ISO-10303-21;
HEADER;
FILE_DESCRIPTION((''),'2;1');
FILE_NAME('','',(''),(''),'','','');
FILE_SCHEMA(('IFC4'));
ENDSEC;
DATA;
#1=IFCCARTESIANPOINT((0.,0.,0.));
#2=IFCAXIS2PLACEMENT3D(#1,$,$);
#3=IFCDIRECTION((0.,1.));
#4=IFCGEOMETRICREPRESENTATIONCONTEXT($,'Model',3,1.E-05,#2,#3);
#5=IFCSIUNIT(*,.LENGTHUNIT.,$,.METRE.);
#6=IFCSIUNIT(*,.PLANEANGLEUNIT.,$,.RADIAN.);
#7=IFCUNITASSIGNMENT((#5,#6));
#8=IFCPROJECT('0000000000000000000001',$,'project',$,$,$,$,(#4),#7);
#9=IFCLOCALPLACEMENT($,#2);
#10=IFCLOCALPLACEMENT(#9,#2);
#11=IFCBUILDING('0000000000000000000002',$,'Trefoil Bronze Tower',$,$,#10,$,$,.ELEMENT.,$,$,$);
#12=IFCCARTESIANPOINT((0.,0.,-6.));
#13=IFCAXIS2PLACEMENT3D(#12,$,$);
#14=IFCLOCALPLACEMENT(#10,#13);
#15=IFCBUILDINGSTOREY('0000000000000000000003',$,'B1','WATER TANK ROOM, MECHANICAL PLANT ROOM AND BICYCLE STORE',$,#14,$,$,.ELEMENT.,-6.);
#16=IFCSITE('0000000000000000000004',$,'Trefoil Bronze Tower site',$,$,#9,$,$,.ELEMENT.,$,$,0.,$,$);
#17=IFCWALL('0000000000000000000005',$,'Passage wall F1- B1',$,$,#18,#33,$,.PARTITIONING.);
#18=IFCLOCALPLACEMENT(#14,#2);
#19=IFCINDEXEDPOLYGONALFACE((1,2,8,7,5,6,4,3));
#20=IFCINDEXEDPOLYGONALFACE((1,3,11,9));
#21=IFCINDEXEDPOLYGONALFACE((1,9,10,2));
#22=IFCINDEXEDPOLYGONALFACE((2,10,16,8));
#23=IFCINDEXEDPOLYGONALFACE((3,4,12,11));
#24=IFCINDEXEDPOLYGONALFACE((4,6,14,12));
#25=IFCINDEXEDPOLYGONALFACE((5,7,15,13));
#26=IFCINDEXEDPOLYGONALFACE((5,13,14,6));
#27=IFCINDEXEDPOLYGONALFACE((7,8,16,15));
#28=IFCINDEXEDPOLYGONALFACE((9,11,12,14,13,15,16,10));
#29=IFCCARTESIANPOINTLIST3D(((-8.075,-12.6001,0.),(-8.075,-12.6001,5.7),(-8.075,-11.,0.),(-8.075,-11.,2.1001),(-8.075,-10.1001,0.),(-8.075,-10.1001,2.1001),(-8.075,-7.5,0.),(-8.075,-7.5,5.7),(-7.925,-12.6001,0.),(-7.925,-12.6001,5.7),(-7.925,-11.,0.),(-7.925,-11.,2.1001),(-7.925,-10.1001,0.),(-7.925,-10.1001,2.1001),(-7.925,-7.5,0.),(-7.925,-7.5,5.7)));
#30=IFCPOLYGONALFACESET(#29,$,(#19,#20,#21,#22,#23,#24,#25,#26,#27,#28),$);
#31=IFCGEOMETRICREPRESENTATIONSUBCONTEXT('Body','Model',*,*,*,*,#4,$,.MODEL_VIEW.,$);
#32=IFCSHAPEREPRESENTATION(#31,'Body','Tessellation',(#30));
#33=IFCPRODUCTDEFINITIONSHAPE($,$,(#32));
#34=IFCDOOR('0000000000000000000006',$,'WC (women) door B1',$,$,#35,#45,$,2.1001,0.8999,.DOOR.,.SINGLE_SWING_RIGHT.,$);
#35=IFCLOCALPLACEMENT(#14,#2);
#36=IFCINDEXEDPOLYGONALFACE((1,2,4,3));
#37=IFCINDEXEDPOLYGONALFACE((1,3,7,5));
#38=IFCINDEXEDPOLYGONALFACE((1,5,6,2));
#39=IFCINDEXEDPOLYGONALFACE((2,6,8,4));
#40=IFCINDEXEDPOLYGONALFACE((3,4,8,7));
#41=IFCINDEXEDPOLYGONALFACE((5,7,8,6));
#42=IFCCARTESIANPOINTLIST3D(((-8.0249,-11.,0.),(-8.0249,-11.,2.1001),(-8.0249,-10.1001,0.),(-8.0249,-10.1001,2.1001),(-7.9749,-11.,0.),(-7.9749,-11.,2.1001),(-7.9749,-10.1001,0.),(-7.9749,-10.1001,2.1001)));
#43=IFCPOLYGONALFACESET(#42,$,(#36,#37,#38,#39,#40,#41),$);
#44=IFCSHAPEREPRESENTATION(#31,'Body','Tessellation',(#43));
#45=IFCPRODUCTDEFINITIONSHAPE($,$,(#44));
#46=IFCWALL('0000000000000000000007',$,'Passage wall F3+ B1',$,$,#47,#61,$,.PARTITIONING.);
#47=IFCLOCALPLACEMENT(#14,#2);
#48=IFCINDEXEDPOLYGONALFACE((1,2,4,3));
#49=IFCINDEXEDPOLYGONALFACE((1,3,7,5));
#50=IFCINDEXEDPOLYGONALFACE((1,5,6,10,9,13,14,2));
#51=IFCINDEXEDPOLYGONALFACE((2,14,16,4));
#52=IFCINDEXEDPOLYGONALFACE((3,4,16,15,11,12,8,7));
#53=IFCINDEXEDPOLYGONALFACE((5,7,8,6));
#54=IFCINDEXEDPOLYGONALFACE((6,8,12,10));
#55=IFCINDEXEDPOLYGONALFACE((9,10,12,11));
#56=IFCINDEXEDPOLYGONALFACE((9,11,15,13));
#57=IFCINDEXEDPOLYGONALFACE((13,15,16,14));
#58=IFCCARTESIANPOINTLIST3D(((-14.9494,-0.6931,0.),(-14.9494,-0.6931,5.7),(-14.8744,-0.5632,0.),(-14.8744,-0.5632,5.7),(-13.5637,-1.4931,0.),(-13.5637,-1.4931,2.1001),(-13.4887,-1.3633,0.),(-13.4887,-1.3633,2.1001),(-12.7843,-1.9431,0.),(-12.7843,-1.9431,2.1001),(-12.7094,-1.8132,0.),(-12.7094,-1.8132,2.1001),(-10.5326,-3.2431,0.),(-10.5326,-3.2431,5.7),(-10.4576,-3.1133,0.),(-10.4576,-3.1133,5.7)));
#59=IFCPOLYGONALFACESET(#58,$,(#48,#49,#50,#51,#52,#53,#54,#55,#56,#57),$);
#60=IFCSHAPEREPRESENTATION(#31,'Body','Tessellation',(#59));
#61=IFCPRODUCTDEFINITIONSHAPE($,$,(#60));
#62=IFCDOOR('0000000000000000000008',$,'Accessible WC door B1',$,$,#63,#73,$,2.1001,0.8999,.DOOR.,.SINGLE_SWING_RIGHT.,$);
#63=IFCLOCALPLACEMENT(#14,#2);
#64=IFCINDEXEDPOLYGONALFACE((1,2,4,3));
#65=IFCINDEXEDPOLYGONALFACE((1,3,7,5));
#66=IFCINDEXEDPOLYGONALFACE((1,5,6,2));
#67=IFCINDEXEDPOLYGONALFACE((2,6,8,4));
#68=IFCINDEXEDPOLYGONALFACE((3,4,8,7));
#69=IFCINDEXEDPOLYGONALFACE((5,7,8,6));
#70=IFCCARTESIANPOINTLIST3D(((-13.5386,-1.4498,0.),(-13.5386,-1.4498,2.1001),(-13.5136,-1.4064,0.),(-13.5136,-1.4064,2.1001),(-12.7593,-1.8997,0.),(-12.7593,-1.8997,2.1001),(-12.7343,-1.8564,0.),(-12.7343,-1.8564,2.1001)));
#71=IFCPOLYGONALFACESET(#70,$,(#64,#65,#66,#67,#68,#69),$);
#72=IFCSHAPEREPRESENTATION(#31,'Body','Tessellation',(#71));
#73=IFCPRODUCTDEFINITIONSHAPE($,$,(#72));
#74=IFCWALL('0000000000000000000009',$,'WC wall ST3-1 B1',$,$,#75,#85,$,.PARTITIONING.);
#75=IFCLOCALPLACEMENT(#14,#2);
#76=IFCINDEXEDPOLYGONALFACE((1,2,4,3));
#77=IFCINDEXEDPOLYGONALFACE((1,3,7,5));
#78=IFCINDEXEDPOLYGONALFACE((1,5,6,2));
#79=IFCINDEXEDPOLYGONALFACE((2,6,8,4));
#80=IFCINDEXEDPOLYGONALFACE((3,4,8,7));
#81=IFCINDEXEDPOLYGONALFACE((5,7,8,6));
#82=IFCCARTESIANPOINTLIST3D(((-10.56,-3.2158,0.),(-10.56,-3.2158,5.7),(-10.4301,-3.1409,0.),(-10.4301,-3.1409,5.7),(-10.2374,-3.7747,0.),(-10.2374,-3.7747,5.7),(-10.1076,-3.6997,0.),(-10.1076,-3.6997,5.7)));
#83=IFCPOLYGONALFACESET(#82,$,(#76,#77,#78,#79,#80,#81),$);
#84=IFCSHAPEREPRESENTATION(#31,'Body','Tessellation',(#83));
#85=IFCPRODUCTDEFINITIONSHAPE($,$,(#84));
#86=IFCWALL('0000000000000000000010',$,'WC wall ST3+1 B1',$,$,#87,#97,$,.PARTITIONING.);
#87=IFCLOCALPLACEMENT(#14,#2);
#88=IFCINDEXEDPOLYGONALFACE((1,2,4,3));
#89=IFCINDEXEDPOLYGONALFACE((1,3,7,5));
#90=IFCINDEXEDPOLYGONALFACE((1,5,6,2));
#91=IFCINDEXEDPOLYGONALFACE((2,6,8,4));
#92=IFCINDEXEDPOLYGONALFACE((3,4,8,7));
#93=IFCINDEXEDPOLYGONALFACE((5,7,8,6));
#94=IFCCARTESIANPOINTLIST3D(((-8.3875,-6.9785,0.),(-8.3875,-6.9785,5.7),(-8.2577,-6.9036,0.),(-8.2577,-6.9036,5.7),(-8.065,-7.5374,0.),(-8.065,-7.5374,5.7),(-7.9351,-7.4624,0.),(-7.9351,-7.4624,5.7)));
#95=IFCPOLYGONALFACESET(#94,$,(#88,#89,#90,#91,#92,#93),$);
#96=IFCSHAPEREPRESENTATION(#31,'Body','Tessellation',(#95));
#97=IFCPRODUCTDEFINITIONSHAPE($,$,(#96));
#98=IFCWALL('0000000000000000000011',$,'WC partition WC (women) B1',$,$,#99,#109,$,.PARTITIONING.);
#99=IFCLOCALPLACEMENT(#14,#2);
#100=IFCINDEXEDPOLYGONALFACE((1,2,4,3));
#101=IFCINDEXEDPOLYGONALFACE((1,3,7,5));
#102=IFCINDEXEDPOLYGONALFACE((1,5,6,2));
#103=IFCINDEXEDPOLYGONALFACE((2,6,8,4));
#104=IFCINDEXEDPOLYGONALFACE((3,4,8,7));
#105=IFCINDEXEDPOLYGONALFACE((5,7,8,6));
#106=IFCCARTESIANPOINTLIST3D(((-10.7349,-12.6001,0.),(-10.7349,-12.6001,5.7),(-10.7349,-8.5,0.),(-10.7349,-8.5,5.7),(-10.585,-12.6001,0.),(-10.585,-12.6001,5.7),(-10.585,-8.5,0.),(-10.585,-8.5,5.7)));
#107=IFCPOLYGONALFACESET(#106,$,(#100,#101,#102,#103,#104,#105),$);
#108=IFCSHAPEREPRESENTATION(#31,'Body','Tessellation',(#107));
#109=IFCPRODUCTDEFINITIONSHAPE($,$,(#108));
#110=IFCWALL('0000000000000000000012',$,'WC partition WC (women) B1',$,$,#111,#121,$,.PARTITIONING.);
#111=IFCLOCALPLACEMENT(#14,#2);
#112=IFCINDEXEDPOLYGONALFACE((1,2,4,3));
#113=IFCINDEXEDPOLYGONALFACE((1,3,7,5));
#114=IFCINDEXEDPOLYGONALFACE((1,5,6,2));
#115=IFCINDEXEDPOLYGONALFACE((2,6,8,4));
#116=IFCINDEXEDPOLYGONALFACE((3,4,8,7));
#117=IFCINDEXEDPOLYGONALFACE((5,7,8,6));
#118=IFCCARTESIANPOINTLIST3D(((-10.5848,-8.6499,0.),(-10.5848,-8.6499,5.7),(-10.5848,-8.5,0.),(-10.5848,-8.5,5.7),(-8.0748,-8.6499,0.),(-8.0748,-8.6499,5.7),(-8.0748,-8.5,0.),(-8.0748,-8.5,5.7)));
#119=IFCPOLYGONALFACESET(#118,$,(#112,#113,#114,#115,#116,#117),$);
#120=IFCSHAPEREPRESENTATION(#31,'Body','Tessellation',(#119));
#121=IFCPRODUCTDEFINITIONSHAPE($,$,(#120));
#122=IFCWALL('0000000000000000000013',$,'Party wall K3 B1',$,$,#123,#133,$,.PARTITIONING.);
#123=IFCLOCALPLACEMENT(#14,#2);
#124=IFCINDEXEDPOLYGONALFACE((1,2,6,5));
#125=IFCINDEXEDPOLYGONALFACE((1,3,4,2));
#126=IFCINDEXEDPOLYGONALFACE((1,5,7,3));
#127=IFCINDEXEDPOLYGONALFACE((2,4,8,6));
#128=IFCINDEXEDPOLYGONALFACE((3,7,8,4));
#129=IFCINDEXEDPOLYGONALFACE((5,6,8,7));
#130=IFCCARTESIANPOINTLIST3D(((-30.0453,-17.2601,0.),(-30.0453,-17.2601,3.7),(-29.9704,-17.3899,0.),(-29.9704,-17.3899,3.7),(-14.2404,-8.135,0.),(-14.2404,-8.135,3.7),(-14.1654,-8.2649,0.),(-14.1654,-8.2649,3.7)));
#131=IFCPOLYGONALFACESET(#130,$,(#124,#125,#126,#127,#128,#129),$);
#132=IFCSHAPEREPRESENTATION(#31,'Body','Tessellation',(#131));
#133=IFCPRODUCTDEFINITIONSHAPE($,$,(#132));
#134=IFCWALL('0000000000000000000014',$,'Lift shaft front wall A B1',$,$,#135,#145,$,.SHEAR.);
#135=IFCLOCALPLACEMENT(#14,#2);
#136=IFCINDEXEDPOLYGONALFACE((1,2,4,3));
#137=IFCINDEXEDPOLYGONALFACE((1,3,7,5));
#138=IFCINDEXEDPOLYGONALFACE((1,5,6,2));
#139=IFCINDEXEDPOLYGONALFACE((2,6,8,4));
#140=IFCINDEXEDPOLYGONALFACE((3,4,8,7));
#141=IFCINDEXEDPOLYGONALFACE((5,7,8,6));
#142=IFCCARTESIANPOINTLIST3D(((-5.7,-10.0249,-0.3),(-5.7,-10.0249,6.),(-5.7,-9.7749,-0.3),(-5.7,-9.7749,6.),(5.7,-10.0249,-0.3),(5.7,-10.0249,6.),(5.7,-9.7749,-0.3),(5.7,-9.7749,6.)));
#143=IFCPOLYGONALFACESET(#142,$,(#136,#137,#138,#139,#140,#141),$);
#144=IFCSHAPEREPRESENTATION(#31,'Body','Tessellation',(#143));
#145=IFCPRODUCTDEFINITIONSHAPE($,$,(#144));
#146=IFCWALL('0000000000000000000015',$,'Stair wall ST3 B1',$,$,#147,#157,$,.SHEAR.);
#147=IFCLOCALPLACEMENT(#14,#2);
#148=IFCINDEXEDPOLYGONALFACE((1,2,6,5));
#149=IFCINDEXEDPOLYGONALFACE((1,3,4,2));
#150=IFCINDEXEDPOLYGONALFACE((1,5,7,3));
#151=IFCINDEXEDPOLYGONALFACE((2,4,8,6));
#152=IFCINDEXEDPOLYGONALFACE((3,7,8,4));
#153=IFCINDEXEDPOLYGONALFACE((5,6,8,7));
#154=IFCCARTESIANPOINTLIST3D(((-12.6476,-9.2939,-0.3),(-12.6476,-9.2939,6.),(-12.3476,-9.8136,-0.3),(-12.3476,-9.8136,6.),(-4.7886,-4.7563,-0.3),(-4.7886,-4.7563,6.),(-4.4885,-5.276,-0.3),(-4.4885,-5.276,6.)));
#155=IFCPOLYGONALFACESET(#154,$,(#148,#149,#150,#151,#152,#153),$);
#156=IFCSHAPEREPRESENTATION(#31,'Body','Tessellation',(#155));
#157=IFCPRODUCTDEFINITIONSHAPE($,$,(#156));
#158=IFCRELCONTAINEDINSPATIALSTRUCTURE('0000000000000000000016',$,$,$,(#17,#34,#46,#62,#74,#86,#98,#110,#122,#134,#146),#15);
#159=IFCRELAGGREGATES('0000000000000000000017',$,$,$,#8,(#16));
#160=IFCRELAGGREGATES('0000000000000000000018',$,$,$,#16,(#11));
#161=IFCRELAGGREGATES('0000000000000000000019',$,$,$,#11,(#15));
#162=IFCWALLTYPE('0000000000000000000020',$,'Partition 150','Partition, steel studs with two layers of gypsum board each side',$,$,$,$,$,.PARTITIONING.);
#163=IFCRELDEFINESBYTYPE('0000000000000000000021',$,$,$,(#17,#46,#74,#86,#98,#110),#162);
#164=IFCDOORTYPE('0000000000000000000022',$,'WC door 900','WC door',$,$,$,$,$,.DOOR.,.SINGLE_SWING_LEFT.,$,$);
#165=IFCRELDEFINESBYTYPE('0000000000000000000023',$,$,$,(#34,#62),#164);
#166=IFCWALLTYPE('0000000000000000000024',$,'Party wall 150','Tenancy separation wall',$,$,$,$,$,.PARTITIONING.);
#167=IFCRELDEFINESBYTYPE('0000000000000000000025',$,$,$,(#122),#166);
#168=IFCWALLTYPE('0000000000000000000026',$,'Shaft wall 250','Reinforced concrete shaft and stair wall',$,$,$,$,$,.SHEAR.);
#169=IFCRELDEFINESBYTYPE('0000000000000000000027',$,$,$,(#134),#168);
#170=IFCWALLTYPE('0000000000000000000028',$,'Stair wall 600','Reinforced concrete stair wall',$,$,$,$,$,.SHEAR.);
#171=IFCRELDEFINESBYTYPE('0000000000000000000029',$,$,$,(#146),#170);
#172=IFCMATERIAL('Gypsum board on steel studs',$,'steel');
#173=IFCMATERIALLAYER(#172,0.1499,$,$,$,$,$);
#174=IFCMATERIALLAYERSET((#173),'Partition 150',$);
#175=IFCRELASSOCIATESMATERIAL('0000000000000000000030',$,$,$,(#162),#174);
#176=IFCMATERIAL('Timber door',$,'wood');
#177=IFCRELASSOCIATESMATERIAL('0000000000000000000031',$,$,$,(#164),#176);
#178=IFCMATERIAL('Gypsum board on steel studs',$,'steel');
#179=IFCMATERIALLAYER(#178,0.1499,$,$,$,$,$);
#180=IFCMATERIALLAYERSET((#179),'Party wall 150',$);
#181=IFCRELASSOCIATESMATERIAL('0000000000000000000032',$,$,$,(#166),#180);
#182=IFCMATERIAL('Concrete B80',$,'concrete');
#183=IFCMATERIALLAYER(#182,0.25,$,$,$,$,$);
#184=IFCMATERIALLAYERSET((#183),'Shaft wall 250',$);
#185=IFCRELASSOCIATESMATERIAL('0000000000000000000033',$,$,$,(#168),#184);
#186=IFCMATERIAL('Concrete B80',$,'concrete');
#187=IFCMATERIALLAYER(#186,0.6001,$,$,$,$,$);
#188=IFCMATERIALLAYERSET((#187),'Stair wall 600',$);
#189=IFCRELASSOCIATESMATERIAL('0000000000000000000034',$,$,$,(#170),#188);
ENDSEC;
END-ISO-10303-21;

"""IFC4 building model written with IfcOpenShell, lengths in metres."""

from ifc_helpers import new_model, si_unit, direction, frame, frame_2d, origin, place, context, subcontext, project, spatial, rectangle, extrude, material, layer, layer_set, type_object, element, fill, save


model = new_model("IFC4")

# Units and contexts
model_context = context("Model", 3, precision=1e-05, world=origin(), true_north=direction((0.0, 1.0)))
body_context = subcontext(model_context, "Body", "Model", "MODEL_VIEW")
ifc_project = project(units=[si_unit("LENGTHUNIT", "METRE"), si_unit("PLANEANGLEUNIT", "RADIAN")], contexts=[model_context])

# Site, building, storey
site_placement = place(None, origin())
site = spatial("IfcSite", under=ifc_project, at=site_placement, Name="Trefoil Bronze Tower site", CompositionType="ELEMENT", RefElevation=0.0)
building_placement = place(site_placement, origin())
building = spatial("IfcBuilding", under=site, at=building_placement, Name="Trefoil Bronze Tower", CompositionType="ELEMENT")
storey_placement = place(building_placement, frame((0.0, 0.0, -6.0)))
storey = spatial("IfcBuildingStorey", under=building, at=storey_placement, Name="B1", Description="WATER TANK ROOM, MECHANICAL PLANT ROOM AND BICYCLE STORE", CompositionType="ELEMENT", Elevation=-6.0)

# Walls, openings, doors
ifc_material_1 = material(Name="Gypsum board on steel studs", Category="steel")
ifc_layer_1 = layer(ifc_material_1, 0.1499)
ifc_layer_set_1 = layer_set([ifc_layer_1], Name="Partition 150")
wall_type_1 = type_object("IfcWallType", Name="Partition 150", Description="Partition, steel studs with two layers of gypsum board each side", PredefinedType="PARTITIONING", material=ifc_layer_set_1)
wall_1_placement = place(storey_placement, frame((-8.0, -7.5, 0.0), z_axis=(0.0, 0.0, 1.0), x_axis=(0.0, -1.0, 0.0)))
wall_1 = element("IfcWall", 1, at=wall_1_placement, inside=storey, type_object=wall_type_1, Name="Passage wall F1- B1", PredefinedType="PARTITIONING", context=body_context, shape_type="SweptSolid", body=[
    extrude(rectangle(XDim=5.1001, YDim=0.1499, at=frame_2d((2.55, 0.0))), origin(), (0.0, 0.0, 1.0), 5.7),
])
opening_1_placement = place(wall_1_placement, frame((2.6001, 0.0, 0.0)))
opening_1 = element("IfcOpeningElement", 2, at=opening_1_placement, cuts=wall_1, PredefinedType="OPENING", context=body_context, shape_type="SweptSolid", body=[
    extrude(rectangle(XDim=0.8999, YDim=2.1001, at=frame_2d((0.45, 1.05))), frame((0.0, 0.085, 0.0), z_axis=(0.0, -1.0, 0.0), x_axis=(1.0, 0.0, 0.0)), (0.0, 0.0, 1.0), 0.1699),
])
ifc_material_2 = material(Name="Timber door", Category="wood")
door_type = type_object("IfcDoorType", Name="WC door 900", Description="WC door", OperationType="SINGLE_SWING_LEFT", PredefinedType="DOOR", material=ifc_material_2)
door_1_placement = place(opening_1_placement, frame((0.8999, 0.0, 0.0), z_axis=(0.0, 0.0, 1.0), x_axis=(-1.0, 0.0, 0.0)))
door_1 = element("IfcDoor", 3, at=door_1_placement, inside=storey, type_object=door_type, Name="WC (women) door B1", OperationType="SINGLE_SWING_RIGHT", OverallHeight=2.1001, OverallWidth=0.8999, PredefinedType="DOOR", context=body_context, shape_type="SweptSolid", body=[
    extrude(rectangle(XDim=0.8999, YDim=2.1001, at=frame_2d((0.45, 1.05))), frame((0.0, 0.0249, 0.0), z_axis=(0.0, -1.0, 0.0), x_axis=(1.0, 0.0, 0.0)), (0.0, 0.0, 1.0), 0.05),
])
fill(opening_1, door_1)
wall_2_placement = place(storey_placement, frame((-10.4951, -3.1782, 0.0), z_axis=(0.0, 0.0, 1.0), x_axis=(-0.866022, 0.500006, 0.0)))
wall_2 = element("IfcWall", 4, at=wall_2_placement, inside=storey, type_object=wall_type_1, Name="Passage wall F3+ B1", PredefinedType="PARTITIONING", context=body_context, shape_type="SweptSolid", body=[
    extrude(rectangle(XDim=5.1001, YDim=0.1499, at=frame_2d((2.55, 0.0))), origin(), (0.0, 0.0, 1.0), 5.7),
])
opening_2_placement = place(wall_2_placement, frame((2.6001, 0.0, 0.0)))
opening_2 = element("IfcOpeningElement", 5, at=opening_2_placement, cuts=wall_2, PredefinedType="OPENING", context=body_context, shape_type="SweptSolid", body=[
    extrude(rectangle(XDim=0.8999, YDim=2.1001, at=frame_2d((0.45, 1.05))), frame((0.0, 0.085, 0.0), z_axis=(0.0, -1.0, 0.0), x_axis=(1.0, 0.0, 0.0)), (0.0, 0.0, 1.0), 0.1699),
])
door_2_placement = place(opening_2_placement, origin())
door_2 = element("IfcDoor", 6, at=door_2_placement, inside=storey, type_object=door_type, Name="Accessible WC door B1", OperationType="SINGLE_SWING_RIGHT", OverallHeight=2.1001, OverallWidth=0.8999, PredefinedType="DOOR", context=body_context, shape_type="SweptSolid", body=[
    extrude(rectangle(XDim=0.8999, YDim=2.1001, at=frame_2d((0.45, 1.05))), frame((0.0, 0.0249, 0.0), z_axis=(0.0, -1.0, 0.0), x_axis=(1.0, 0.0, 0.0)), (0.0, 0.0, 1.0), 0.05),
])
fill(opening_2, door_2)

# Walls
for number, where, z_axis, x_axis, name in (
    (7, (-10.4951, -3.1782, 0.0), (0.0, 0.0, 1.0), (0.499843, -0.866116, 0.0), "WC wall ST3-1 B1"),
    (8, (-8.0, -7.5, 0.0), (0.0, 0.0, 1.0), (-0.499843, 0.866116, 0.0), "WC wall ST3+1 B1"),
):
    element("IfcWall", number, at=place(storey_placement, frame(where, z_axis=z_axis, x_axis=x_axis)), inside=storey, type_object=wall_type_1, Name=name, PredefinedType="PARTITIONING", context=body_context, shape_type="SweptSolid", body=[
        extrude(rectangle(XDim=0.6453, YDim=0.1499, at=frame_2d((0.3228, 0.0))), origin(), (0.0, 0.0, 1.0), 5.7),
    ])
wall_3_placement = place(storey_placement, frame((-10.6599, -8.5, 0.0), z_axis=(0.0, 0.0, 1.0), x_axis=(0.0, -1.0, 0.0)))
element("IfcWall", 9, at=wall_3_placement, inside=storey, type_object=wall_type_1, Name="WC partition WC (women) B1", PredefinedType="PARTITIONING", context=body_context, shape_type="SweptSolid", body=[
    extrude(rectangle(XDim=4.1001, YDim=0.1499, at=frame_2d((2.05, 0.0))), origin(), (0.0, 0.0, 1.0), 5.7),
])
wall_4_placement = place(storey_placement, frame((-8.075, -8.575, 0.0), z_axis=(0.0, 0.0, 1.0), x_axis=(-1.0, 0.0, 0.0)))
element("IfcWall", 10, at=wall_4_placement, inside=storey, type_object=wall_type_1, Name="WC partition WC (women) B1", PredefinedType="PARTITIONING", context=body_context, shape_type="SweptSolid", body=[
    extrude(rectangle(XDim=2.51, YDim=0.1499, at=frame_2d((1.2549, 0.0))), origin(), (0.0, 0.0, 1.0), 5.7),
])
ifc_material_3 = material(Name="Gypsum board on steel studs", Category="steel")
ifc_layer_2 = layer(ifc_material_3, 0.1499)
ifc_layer_set_2 = layer_set([ifc_layer_2], Name="Party wall 150")
wall_type_2 = type_object("IfcWallType", Name="Party wall 150", Description="Tenancy separation wall", PredefinedType="PARTITIONING", material=ifc_layer_set_2)
wall_5_placement = place(storey_placement, frame((-14.2029, -8.2, 0.0), z_axis=(0.0, 0.0, 1.0), x_axis=(-0.866025, -0.500001, 0.0)))
element("IfcWall", 11, at=wall_5_placement, inside=storey, type_object=wall_type_2, Name="Party wall K3 B1", PredefinedType="PARTITIONING", context=body_context, shape_type="SweptSolid", body=[
    extrude(rectangle(XDim=18.25, YDim=0.1499, at=frame_2d((9.125, 0.0))), origin(), (0.0, 0.0, 1.0), 3.7),
])
ifc_material_4 = material(Name="Concrete B80", Category="concrete")
ifc_layer_3 = layer(ifc_material_4, 0.25)
ifc_layer_set_3 = layer_set([ifc_layer_3], Name="Shaft wall 250")
wall_type_3 = type_object("IfcWallType", Name="Shaft wall 250", Description="Reinforced concrete shaft and stair wall", PredefinedType="SHEAR", material=ifc_layer_set_3)
wall_6_placement = place(storey_placement, frame((-5.7, -9.8999, -0.3), z_axis=(0.0, 0.0, 1.0), x_axis=(1.0, 0.0, 0.0)))
element("IfcWall", 12, at=wall_6_placement, inside=storey, type_object=wall_type_3, Name="Lift shaft front wall A B1", PredefinedType="SHEAR", context=body_context, shape_type="SweptSolid", body=[
    extrude(rectangle(XDim=11.3999, YDim=0.25, at=frame_2d((5.7, 0.0))), origin(), (0.0, 0.0, 1.0), 6.3),
])
ifc_material_5 = material(Name="Concrete B80", Category="concrete")
ifc_layer_4 = layer(ifc_material_5, 0.6001)
ifc_layer_set_4 = layer_set([ifc_layer_4], Name="Stair wall 600")
wall_type_4 = type_object("IfcWallType", Name="Stair wall 600", Description="Reinforced concrete stair wall", PredefinedType="SHEAR", material=ifc_layer_set_4)
wall_7_placement = place(storey_placement, frame((-4.6384, -5.0161, -0.3), z_axis=(0.0, 0.0, 1.0), x_axis=(-0.866019, -0.50001, 0.0)))
element("IfcWall", 13, at=wall_7_placement, inside=storey, type_object=wall_type_4, Name="Stair wall ST3 B1", PredefinedType="SHEAR", context=body_context, shape_type="SweptSolid", body=[
    extrude(rectangle(XDim=9.075, YDim=0.6001, at=frame_2d((4.5376, 0.0))), origin(), (0.0, 0.0, 1.0), 6.3),
])

save(model, "model.ifc")
